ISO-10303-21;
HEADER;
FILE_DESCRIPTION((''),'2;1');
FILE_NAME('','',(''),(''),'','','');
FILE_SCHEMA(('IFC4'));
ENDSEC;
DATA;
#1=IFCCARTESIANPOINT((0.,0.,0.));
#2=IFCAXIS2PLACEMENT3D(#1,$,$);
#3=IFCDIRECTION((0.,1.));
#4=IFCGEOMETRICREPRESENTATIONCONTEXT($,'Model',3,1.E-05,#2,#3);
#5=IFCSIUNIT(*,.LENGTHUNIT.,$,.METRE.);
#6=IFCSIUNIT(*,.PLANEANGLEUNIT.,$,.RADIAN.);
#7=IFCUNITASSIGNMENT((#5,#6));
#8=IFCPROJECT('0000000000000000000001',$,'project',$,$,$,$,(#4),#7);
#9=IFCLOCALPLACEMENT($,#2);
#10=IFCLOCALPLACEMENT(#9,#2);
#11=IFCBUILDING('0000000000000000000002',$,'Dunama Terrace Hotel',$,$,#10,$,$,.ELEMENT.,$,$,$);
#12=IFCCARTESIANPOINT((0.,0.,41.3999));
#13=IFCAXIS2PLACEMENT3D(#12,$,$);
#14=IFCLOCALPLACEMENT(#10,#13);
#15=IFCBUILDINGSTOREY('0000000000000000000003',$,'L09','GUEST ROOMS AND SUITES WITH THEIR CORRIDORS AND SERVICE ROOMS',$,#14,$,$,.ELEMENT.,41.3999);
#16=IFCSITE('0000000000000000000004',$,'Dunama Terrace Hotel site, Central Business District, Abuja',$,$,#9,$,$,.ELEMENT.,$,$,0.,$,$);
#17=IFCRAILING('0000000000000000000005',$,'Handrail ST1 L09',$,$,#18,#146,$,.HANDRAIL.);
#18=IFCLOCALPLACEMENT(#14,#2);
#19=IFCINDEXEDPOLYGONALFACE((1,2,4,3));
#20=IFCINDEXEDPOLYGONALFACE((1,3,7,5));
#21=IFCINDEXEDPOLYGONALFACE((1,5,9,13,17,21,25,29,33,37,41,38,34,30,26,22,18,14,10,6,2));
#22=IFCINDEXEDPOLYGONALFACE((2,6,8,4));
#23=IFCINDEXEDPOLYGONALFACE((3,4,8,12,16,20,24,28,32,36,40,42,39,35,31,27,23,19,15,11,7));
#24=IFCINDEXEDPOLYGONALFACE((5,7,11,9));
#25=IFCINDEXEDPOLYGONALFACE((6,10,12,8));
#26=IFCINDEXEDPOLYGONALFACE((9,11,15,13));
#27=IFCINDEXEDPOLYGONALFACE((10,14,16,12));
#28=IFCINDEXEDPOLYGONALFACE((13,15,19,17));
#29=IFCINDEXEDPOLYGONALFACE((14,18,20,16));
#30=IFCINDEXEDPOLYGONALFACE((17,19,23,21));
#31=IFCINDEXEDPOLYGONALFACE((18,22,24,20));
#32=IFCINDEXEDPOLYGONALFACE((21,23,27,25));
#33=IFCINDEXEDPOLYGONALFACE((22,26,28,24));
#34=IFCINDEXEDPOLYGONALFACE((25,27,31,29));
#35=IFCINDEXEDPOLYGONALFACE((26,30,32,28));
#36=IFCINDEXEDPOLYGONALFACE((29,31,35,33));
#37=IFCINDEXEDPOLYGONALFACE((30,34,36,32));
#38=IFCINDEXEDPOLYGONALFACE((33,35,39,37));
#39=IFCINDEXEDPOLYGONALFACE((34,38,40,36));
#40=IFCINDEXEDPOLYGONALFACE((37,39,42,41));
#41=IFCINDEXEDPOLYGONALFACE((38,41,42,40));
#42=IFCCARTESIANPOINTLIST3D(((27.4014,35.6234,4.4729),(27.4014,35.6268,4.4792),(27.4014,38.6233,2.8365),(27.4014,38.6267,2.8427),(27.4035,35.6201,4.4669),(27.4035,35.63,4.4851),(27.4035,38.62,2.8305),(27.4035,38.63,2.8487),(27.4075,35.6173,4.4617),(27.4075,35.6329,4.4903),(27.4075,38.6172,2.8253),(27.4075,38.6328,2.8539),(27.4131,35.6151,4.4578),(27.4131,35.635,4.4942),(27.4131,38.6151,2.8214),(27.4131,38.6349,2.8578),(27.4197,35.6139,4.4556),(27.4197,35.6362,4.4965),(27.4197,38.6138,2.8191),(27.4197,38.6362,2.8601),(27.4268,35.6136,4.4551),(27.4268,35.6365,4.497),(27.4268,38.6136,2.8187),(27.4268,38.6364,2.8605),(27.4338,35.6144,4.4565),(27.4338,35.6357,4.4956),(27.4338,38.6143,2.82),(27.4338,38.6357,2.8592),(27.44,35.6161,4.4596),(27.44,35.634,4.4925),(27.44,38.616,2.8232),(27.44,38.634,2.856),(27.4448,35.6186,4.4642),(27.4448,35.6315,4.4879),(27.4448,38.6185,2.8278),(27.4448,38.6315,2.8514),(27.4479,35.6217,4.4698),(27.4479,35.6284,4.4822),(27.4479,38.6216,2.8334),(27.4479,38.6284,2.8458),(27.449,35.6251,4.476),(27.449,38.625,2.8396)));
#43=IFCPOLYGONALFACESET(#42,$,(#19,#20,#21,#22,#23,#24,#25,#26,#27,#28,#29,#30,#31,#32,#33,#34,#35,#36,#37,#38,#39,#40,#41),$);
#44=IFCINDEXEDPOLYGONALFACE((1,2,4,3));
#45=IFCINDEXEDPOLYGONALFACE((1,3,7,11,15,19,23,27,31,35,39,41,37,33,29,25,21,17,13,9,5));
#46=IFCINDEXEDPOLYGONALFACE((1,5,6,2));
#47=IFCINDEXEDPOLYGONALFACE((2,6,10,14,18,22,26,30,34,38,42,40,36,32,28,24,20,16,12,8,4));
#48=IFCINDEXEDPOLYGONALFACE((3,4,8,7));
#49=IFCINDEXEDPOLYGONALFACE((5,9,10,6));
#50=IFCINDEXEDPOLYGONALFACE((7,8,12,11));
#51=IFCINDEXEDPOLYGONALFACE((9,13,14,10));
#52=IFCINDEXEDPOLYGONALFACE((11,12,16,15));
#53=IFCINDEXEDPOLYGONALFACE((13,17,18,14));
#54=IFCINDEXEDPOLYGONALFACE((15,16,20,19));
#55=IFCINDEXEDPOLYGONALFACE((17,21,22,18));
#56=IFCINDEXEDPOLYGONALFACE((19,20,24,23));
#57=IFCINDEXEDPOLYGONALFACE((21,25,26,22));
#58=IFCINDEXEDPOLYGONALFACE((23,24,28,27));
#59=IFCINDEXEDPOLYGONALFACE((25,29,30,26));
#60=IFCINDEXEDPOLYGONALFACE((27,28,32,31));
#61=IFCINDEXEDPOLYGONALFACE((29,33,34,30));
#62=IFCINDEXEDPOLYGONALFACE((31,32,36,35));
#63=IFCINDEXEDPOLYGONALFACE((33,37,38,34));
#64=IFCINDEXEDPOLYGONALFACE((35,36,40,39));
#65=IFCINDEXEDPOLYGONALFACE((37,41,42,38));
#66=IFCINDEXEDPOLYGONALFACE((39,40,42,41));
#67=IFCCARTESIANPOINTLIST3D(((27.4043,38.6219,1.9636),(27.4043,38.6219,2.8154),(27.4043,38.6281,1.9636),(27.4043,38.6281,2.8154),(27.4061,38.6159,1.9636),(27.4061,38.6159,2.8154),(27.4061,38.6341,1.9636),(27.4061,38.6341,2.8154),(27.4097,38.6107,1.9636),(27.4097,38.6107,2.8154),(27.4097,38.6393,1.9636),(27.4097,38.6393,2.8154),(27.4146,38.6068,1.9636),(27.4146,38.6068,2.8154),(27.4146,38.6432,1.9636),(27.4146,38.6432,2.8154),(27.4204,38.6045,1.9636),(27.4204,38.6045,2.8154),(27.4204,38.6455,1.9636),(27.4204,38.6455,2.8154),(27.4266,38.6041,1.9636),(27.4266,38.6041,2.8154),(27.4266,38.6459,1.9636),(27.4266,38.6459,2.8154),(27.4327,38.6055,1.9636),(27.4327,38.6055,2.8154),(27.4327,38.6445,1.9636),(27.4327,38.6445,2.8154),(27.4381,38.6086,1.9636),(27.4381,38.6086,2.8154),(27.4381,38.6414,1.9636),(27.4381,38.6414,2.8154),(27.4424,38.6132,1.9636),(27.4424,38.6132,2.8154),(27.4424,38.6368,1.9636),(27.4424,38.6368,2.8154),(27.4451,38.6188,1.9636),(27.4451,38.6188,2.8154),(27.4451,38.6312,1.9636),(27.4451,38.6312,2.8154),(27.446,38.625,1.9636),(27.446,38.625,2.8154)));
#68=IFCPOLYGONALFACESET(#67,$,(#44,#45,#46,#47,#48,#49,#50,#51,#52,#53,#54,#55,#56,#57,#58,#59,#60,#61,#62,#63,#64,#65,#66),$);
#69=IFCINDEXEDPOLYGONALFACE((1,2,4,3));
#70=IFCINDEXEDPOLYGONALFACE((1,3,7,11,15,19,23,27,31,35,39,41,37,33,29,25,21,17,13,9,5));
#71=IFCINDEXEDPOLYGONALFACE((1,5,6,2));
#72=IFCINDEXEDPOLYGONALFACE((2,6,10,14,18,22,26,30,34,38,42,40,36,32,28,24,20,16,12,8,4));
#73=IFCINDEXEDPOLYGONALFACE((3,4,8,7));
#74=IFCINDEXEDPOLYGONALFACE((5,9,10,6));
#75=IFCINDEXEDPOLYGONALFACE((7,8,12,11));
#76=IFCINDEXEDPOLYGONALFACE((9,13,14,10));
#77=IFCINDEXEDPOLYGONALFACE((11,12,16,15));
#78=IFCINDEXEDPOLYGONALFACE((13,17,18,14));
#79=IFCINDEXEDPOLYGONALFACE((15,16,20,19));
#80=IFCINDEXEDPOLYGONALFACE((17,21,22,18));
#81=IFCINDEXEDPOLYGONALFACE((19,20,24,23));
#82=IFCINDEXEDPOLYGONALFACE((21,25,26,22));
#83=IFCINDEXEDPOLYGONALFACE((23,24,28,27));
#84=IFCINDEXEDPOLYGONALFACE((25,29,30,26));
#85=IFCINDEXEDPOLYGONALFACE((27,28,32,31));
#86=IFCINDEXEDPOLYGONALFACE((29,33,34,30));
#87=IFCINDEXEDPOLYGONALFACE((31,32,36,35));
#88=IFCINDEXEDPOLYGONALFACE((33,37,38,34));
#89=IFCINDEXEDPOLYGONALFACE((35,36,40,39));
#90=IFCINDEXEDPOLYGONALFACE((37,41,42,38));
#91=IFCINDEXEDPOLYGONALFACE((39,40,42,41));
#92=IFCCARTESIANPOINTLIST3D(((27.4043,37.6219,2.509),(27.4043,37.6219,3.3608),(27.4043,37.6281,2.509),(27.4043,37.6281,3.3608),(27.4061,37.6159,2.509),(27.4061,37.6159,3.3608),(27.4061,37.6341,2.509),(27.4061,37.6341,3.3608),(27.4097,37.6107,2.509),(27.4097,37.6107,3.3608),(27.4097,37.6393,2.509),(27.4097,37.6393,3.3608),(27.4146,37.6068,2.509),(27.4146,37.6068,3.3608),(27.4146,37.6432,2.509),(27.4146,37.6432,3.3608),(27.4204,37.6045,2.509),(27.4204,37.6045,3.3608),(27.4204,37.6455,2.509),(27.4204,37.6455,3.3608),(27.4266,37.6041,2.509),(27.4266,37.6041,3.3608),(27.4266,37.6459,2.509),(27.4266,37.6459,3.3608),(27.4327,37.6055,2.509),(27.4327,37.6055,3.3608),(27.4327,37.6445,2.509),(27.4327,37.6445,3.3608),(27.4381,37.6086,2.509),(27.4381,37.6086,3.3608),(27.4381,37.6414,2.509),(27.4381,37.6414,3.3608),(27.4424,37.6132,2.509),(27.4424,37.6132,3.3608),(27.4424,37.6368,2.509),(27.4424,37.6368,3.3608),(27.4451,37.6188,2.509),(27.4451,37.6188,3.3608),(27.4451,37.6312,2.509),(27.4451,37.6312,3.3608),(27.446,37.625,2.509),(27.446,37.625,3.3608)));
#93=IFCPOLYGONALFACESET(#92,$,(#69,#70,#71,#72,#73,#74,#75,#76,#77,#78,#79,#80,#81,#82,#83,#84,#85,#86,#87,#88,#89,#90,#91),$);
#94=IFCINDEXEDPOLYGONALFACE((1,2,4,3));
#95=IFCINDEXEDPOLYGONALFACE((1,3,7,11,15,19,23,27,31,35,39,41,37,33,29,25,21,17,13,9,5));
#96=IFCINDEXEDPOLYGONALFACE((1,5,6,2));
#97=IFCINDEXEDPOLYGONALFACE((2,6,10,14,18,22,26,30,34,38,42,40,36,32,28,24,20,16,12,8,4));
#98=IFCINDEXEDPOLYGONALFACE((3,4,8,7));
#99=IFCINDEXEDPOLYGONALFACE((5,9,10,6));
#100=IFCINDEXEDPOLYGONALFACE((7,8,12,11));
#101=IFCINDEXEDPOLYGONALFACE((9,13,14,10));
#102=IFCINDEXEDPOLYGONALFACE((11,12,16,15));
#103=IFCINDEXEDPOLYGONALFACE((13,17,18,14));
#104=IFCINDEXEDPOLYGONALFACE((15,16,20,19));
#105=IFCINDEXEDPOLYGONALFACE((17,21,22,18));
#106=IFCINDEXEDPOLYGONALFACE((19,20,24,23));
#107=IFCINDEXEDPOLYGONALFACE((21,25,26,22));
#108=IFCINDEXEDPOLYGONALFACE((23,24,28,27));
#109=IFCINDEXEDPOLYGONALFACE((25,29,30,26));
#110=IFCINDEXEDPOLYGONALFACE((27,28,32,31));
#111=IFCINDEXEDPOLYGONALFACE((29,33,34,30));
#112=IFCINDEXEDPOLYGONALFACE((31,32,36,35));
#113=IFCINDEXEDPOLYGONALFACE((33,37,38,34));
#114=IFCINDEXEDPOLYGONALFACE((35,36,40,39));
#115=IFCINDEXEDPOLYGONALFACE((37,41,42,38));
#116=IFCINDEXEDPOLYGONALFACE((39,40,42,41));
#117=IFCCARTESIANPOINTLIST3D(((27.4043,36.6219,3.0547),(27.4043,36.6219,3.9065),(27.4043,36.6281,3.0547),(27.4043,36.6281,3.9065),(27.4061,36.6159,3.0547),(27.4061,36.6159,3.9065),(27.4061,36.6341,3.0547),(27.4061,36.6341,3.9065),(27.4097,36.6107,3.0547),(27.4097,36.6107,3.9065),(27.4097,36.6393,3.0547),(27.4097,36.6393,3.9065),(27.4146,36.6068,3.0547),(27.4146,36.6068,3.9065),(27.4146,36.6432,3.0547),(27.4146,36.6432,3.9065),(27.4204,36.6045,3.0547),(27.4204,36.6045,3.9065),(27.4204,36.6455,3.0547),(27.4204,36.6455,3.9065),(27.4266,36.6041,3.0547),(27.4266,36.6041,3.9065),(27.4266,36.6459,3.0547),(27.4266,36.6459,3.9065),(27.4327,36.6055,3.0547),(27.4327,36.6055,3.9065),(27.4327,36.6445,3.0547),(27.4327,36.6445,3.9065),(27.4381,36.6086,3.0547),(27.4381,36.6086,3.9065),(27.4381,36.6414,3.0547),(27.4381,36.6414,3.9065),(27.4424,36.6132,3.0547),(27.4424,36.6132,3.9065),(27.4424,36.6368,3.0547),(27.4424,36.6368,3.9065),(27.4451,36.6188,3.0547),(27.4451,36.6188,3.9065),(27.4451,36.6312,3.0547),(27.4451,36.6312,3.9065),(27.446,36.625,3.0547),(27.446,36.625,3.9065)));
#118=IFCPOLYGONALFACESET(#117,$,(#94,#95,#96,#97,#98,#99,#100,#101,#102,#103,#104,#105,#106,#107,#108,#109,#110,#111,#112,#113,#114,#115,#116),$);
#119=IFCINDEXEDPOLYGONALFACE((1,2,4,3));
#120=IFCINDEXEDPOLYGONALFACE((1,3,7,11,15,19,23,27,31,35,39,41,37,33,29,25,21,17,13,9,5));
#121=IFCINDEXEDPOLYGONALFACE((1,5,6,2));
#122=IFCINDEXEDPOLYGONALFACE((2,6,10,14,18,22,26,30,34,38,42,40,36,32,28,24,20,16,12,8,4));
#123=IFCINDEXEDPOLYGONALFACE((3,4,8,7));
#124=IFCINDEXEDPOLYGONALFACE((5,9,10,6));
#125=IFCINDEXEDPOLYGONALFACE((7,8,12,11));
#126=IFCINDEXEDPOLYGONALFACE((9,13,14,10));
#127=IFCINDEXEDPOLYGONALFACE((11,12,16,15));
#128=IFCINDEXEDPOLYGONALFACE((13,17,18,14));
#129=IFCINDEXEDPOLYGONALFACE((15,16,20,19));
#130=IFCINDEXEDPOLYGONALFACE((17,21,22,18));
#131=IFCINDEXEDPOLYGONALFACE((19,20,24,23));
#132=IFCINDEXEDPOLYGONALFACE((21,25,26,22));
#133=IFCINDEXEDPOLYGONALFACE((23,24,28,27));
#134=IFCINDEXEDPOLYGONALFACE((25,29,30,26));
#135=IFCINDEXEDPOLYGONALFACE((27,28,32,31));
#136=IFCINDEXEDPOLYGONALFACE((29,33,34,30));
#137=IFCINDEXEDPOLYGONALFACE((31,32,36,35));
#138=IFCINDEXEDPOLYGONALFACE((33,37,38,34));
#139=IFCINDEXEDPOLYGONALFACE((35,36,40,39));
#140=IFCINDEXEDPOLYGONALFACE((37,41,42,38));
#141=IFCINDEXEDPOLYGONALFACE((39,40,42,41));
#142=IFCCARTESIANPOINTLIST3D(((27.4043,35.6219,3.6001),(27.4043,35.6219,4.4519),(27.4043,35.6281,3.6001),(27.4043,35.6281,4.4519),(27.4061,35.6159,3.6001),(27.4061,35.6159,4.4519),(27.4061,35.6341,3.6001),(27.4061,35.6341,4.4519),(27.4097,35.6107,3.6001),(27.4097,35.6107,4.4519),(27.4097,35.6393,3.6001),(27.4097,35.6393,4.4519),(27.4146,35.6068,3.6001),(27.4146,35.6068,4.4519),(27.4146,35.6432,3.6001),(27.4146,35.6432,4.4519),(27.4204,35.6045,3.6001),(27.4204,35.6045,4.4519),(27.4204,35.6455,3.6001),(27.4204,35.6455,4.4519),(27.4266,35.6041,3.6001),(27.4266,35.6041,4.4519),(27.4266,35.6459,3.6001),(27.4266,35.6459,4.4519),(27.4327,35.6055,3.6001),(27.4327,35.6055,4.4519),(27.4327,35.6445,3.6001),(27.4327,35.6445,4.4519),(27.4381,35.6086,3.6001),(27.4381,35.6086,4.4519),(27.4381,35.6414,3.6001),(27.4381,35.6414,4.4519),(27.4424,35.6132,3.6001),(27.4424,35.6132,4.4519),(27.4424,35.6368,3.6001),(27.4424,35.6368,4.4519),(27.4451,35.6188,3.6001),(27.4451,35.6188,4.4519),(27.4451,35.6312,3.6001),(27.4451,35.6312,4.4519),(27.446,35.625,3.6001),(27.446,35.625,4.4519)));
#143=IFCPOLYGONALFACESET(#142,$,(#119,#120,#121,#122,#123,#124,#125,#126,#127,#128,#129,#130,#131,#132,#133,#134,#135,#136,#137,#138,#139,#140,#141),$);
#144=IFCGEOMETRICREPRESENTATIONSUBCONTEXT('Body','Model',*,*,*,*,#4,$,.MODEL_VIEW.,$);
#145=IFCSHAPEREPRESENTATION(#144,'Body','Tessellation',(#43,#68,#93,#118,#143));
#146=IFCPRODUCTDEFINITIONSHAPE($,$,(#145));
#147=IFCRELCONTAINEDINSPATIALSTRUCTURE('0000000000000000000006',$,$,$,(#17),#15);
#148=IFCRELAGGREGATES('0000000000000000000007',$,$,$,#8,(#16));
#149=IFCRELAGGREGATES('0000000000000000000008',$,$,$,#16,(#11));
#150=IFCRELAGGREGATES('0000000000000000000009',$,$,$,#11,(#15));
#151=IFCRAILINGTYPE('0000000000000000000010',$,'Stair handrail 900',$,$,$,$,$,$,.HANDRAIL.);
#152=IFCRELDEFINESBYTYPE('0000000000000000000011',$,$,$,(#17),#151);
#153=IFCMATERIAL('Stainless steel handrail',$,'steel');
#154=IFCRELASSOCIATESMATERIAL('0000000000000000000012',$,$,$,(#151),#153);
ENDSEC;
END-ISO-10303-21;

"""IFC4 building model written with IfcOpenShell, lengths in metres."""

from ifc_helpers import new_model, si_unit, direction, frame, origin, origin_2d, place, context, subcontext, project, spatial, circle, extrude, material, type_object, element, save


model = new_model("IFC4")

# Units and contexts
model_context = context("Model", 3, precision=1e-05, world=origin(), true_north=direction((0.0, 1.0)))
body_context = subcontext(model_context, "Body", "Model", "MODEL_VIEW")
ifc_project = project(units=[si_unit("LENGTHUNIT", "METRE"), si_unit("PLANEANGLEUNIT", "RADIAN")], contexts=[model_context])

# Site, building, storey
site_placement = place(None, origin())
site = spatial("IfcSite", under=ifc_project, at=site_placement, Name="Dunama Terrace Hotel site, Central Business District, Abuja", CompositionType="ELEMENT", RefElevation=0.0)
building_placement = place(site_placement, origin())
building = spatial("IfcBuilding", under=site, at=building_placement, Name="Dunama Terrace Hotel", CompositionType="ELEMENT")
storey_placement = place(building_placement, frame((0.0, 0.0, 41.3999)))
storey = spatial("IfcBuildingStorey", under=building, at=storey_placement, Name="L09", Description="GUEST ROOMS AND SUITES WITH THEIR CORRIDORS AND SERVICE ROOMS", CompositionType="ELEMENT", Elevation=41.3999)

# Railing
ifc_material_1 = material(Name="Stainless steel handrail", Category="steel")
railing_type = type_object("IfcRailingType", Name="Stair handrail 900", PredefinedType="HANDRAIL", material=ifc_material_1)
railing_1_placement = place(storey_placement, frame((27.425, 38.625, 1.9636)))
element("IfcRailing", 1, at=railing_1_placement, inside=storey, type_object=railing_type, Name="Handrail ST1 L09", PredefinedType="HANDRAIL", context=body_context, shape_type="SweptSolid", body=[
    extrude(circle(Radius=0.0239, at=origin_2d()), frame((0.0, 0.0, 0.876), z_axis=(0.0, -0.877882, 0.478877), x_axis=(1.0, 0.0, 0.0)), (0.0, 0.0, 1.0), 3.4172),
    extrude(circle(Radius=0.021, at=origin_2d()), origin(), (0.0, 0.0, 1.0), 0.8518),
    extrude(circle(Radius=0.021, at=origin_2d()), frame((0.0, -1.0, 0.5454)), (0.0, 0.0, 1.0), 0.8518),
    extrude(circle(Radius=0.021, at=origin_2d()), frame((0.0, -2.0, 1.0911)), (0.0, 0.0, 1.0), 0.8518),
    extrude(circle(Radius=0.021, at=origin_2d()), frame((0.0, -3.0, 1.6365)), (0.0, 0.0, 1.0), 0.8518),
])

save(model, "model.ifc")
